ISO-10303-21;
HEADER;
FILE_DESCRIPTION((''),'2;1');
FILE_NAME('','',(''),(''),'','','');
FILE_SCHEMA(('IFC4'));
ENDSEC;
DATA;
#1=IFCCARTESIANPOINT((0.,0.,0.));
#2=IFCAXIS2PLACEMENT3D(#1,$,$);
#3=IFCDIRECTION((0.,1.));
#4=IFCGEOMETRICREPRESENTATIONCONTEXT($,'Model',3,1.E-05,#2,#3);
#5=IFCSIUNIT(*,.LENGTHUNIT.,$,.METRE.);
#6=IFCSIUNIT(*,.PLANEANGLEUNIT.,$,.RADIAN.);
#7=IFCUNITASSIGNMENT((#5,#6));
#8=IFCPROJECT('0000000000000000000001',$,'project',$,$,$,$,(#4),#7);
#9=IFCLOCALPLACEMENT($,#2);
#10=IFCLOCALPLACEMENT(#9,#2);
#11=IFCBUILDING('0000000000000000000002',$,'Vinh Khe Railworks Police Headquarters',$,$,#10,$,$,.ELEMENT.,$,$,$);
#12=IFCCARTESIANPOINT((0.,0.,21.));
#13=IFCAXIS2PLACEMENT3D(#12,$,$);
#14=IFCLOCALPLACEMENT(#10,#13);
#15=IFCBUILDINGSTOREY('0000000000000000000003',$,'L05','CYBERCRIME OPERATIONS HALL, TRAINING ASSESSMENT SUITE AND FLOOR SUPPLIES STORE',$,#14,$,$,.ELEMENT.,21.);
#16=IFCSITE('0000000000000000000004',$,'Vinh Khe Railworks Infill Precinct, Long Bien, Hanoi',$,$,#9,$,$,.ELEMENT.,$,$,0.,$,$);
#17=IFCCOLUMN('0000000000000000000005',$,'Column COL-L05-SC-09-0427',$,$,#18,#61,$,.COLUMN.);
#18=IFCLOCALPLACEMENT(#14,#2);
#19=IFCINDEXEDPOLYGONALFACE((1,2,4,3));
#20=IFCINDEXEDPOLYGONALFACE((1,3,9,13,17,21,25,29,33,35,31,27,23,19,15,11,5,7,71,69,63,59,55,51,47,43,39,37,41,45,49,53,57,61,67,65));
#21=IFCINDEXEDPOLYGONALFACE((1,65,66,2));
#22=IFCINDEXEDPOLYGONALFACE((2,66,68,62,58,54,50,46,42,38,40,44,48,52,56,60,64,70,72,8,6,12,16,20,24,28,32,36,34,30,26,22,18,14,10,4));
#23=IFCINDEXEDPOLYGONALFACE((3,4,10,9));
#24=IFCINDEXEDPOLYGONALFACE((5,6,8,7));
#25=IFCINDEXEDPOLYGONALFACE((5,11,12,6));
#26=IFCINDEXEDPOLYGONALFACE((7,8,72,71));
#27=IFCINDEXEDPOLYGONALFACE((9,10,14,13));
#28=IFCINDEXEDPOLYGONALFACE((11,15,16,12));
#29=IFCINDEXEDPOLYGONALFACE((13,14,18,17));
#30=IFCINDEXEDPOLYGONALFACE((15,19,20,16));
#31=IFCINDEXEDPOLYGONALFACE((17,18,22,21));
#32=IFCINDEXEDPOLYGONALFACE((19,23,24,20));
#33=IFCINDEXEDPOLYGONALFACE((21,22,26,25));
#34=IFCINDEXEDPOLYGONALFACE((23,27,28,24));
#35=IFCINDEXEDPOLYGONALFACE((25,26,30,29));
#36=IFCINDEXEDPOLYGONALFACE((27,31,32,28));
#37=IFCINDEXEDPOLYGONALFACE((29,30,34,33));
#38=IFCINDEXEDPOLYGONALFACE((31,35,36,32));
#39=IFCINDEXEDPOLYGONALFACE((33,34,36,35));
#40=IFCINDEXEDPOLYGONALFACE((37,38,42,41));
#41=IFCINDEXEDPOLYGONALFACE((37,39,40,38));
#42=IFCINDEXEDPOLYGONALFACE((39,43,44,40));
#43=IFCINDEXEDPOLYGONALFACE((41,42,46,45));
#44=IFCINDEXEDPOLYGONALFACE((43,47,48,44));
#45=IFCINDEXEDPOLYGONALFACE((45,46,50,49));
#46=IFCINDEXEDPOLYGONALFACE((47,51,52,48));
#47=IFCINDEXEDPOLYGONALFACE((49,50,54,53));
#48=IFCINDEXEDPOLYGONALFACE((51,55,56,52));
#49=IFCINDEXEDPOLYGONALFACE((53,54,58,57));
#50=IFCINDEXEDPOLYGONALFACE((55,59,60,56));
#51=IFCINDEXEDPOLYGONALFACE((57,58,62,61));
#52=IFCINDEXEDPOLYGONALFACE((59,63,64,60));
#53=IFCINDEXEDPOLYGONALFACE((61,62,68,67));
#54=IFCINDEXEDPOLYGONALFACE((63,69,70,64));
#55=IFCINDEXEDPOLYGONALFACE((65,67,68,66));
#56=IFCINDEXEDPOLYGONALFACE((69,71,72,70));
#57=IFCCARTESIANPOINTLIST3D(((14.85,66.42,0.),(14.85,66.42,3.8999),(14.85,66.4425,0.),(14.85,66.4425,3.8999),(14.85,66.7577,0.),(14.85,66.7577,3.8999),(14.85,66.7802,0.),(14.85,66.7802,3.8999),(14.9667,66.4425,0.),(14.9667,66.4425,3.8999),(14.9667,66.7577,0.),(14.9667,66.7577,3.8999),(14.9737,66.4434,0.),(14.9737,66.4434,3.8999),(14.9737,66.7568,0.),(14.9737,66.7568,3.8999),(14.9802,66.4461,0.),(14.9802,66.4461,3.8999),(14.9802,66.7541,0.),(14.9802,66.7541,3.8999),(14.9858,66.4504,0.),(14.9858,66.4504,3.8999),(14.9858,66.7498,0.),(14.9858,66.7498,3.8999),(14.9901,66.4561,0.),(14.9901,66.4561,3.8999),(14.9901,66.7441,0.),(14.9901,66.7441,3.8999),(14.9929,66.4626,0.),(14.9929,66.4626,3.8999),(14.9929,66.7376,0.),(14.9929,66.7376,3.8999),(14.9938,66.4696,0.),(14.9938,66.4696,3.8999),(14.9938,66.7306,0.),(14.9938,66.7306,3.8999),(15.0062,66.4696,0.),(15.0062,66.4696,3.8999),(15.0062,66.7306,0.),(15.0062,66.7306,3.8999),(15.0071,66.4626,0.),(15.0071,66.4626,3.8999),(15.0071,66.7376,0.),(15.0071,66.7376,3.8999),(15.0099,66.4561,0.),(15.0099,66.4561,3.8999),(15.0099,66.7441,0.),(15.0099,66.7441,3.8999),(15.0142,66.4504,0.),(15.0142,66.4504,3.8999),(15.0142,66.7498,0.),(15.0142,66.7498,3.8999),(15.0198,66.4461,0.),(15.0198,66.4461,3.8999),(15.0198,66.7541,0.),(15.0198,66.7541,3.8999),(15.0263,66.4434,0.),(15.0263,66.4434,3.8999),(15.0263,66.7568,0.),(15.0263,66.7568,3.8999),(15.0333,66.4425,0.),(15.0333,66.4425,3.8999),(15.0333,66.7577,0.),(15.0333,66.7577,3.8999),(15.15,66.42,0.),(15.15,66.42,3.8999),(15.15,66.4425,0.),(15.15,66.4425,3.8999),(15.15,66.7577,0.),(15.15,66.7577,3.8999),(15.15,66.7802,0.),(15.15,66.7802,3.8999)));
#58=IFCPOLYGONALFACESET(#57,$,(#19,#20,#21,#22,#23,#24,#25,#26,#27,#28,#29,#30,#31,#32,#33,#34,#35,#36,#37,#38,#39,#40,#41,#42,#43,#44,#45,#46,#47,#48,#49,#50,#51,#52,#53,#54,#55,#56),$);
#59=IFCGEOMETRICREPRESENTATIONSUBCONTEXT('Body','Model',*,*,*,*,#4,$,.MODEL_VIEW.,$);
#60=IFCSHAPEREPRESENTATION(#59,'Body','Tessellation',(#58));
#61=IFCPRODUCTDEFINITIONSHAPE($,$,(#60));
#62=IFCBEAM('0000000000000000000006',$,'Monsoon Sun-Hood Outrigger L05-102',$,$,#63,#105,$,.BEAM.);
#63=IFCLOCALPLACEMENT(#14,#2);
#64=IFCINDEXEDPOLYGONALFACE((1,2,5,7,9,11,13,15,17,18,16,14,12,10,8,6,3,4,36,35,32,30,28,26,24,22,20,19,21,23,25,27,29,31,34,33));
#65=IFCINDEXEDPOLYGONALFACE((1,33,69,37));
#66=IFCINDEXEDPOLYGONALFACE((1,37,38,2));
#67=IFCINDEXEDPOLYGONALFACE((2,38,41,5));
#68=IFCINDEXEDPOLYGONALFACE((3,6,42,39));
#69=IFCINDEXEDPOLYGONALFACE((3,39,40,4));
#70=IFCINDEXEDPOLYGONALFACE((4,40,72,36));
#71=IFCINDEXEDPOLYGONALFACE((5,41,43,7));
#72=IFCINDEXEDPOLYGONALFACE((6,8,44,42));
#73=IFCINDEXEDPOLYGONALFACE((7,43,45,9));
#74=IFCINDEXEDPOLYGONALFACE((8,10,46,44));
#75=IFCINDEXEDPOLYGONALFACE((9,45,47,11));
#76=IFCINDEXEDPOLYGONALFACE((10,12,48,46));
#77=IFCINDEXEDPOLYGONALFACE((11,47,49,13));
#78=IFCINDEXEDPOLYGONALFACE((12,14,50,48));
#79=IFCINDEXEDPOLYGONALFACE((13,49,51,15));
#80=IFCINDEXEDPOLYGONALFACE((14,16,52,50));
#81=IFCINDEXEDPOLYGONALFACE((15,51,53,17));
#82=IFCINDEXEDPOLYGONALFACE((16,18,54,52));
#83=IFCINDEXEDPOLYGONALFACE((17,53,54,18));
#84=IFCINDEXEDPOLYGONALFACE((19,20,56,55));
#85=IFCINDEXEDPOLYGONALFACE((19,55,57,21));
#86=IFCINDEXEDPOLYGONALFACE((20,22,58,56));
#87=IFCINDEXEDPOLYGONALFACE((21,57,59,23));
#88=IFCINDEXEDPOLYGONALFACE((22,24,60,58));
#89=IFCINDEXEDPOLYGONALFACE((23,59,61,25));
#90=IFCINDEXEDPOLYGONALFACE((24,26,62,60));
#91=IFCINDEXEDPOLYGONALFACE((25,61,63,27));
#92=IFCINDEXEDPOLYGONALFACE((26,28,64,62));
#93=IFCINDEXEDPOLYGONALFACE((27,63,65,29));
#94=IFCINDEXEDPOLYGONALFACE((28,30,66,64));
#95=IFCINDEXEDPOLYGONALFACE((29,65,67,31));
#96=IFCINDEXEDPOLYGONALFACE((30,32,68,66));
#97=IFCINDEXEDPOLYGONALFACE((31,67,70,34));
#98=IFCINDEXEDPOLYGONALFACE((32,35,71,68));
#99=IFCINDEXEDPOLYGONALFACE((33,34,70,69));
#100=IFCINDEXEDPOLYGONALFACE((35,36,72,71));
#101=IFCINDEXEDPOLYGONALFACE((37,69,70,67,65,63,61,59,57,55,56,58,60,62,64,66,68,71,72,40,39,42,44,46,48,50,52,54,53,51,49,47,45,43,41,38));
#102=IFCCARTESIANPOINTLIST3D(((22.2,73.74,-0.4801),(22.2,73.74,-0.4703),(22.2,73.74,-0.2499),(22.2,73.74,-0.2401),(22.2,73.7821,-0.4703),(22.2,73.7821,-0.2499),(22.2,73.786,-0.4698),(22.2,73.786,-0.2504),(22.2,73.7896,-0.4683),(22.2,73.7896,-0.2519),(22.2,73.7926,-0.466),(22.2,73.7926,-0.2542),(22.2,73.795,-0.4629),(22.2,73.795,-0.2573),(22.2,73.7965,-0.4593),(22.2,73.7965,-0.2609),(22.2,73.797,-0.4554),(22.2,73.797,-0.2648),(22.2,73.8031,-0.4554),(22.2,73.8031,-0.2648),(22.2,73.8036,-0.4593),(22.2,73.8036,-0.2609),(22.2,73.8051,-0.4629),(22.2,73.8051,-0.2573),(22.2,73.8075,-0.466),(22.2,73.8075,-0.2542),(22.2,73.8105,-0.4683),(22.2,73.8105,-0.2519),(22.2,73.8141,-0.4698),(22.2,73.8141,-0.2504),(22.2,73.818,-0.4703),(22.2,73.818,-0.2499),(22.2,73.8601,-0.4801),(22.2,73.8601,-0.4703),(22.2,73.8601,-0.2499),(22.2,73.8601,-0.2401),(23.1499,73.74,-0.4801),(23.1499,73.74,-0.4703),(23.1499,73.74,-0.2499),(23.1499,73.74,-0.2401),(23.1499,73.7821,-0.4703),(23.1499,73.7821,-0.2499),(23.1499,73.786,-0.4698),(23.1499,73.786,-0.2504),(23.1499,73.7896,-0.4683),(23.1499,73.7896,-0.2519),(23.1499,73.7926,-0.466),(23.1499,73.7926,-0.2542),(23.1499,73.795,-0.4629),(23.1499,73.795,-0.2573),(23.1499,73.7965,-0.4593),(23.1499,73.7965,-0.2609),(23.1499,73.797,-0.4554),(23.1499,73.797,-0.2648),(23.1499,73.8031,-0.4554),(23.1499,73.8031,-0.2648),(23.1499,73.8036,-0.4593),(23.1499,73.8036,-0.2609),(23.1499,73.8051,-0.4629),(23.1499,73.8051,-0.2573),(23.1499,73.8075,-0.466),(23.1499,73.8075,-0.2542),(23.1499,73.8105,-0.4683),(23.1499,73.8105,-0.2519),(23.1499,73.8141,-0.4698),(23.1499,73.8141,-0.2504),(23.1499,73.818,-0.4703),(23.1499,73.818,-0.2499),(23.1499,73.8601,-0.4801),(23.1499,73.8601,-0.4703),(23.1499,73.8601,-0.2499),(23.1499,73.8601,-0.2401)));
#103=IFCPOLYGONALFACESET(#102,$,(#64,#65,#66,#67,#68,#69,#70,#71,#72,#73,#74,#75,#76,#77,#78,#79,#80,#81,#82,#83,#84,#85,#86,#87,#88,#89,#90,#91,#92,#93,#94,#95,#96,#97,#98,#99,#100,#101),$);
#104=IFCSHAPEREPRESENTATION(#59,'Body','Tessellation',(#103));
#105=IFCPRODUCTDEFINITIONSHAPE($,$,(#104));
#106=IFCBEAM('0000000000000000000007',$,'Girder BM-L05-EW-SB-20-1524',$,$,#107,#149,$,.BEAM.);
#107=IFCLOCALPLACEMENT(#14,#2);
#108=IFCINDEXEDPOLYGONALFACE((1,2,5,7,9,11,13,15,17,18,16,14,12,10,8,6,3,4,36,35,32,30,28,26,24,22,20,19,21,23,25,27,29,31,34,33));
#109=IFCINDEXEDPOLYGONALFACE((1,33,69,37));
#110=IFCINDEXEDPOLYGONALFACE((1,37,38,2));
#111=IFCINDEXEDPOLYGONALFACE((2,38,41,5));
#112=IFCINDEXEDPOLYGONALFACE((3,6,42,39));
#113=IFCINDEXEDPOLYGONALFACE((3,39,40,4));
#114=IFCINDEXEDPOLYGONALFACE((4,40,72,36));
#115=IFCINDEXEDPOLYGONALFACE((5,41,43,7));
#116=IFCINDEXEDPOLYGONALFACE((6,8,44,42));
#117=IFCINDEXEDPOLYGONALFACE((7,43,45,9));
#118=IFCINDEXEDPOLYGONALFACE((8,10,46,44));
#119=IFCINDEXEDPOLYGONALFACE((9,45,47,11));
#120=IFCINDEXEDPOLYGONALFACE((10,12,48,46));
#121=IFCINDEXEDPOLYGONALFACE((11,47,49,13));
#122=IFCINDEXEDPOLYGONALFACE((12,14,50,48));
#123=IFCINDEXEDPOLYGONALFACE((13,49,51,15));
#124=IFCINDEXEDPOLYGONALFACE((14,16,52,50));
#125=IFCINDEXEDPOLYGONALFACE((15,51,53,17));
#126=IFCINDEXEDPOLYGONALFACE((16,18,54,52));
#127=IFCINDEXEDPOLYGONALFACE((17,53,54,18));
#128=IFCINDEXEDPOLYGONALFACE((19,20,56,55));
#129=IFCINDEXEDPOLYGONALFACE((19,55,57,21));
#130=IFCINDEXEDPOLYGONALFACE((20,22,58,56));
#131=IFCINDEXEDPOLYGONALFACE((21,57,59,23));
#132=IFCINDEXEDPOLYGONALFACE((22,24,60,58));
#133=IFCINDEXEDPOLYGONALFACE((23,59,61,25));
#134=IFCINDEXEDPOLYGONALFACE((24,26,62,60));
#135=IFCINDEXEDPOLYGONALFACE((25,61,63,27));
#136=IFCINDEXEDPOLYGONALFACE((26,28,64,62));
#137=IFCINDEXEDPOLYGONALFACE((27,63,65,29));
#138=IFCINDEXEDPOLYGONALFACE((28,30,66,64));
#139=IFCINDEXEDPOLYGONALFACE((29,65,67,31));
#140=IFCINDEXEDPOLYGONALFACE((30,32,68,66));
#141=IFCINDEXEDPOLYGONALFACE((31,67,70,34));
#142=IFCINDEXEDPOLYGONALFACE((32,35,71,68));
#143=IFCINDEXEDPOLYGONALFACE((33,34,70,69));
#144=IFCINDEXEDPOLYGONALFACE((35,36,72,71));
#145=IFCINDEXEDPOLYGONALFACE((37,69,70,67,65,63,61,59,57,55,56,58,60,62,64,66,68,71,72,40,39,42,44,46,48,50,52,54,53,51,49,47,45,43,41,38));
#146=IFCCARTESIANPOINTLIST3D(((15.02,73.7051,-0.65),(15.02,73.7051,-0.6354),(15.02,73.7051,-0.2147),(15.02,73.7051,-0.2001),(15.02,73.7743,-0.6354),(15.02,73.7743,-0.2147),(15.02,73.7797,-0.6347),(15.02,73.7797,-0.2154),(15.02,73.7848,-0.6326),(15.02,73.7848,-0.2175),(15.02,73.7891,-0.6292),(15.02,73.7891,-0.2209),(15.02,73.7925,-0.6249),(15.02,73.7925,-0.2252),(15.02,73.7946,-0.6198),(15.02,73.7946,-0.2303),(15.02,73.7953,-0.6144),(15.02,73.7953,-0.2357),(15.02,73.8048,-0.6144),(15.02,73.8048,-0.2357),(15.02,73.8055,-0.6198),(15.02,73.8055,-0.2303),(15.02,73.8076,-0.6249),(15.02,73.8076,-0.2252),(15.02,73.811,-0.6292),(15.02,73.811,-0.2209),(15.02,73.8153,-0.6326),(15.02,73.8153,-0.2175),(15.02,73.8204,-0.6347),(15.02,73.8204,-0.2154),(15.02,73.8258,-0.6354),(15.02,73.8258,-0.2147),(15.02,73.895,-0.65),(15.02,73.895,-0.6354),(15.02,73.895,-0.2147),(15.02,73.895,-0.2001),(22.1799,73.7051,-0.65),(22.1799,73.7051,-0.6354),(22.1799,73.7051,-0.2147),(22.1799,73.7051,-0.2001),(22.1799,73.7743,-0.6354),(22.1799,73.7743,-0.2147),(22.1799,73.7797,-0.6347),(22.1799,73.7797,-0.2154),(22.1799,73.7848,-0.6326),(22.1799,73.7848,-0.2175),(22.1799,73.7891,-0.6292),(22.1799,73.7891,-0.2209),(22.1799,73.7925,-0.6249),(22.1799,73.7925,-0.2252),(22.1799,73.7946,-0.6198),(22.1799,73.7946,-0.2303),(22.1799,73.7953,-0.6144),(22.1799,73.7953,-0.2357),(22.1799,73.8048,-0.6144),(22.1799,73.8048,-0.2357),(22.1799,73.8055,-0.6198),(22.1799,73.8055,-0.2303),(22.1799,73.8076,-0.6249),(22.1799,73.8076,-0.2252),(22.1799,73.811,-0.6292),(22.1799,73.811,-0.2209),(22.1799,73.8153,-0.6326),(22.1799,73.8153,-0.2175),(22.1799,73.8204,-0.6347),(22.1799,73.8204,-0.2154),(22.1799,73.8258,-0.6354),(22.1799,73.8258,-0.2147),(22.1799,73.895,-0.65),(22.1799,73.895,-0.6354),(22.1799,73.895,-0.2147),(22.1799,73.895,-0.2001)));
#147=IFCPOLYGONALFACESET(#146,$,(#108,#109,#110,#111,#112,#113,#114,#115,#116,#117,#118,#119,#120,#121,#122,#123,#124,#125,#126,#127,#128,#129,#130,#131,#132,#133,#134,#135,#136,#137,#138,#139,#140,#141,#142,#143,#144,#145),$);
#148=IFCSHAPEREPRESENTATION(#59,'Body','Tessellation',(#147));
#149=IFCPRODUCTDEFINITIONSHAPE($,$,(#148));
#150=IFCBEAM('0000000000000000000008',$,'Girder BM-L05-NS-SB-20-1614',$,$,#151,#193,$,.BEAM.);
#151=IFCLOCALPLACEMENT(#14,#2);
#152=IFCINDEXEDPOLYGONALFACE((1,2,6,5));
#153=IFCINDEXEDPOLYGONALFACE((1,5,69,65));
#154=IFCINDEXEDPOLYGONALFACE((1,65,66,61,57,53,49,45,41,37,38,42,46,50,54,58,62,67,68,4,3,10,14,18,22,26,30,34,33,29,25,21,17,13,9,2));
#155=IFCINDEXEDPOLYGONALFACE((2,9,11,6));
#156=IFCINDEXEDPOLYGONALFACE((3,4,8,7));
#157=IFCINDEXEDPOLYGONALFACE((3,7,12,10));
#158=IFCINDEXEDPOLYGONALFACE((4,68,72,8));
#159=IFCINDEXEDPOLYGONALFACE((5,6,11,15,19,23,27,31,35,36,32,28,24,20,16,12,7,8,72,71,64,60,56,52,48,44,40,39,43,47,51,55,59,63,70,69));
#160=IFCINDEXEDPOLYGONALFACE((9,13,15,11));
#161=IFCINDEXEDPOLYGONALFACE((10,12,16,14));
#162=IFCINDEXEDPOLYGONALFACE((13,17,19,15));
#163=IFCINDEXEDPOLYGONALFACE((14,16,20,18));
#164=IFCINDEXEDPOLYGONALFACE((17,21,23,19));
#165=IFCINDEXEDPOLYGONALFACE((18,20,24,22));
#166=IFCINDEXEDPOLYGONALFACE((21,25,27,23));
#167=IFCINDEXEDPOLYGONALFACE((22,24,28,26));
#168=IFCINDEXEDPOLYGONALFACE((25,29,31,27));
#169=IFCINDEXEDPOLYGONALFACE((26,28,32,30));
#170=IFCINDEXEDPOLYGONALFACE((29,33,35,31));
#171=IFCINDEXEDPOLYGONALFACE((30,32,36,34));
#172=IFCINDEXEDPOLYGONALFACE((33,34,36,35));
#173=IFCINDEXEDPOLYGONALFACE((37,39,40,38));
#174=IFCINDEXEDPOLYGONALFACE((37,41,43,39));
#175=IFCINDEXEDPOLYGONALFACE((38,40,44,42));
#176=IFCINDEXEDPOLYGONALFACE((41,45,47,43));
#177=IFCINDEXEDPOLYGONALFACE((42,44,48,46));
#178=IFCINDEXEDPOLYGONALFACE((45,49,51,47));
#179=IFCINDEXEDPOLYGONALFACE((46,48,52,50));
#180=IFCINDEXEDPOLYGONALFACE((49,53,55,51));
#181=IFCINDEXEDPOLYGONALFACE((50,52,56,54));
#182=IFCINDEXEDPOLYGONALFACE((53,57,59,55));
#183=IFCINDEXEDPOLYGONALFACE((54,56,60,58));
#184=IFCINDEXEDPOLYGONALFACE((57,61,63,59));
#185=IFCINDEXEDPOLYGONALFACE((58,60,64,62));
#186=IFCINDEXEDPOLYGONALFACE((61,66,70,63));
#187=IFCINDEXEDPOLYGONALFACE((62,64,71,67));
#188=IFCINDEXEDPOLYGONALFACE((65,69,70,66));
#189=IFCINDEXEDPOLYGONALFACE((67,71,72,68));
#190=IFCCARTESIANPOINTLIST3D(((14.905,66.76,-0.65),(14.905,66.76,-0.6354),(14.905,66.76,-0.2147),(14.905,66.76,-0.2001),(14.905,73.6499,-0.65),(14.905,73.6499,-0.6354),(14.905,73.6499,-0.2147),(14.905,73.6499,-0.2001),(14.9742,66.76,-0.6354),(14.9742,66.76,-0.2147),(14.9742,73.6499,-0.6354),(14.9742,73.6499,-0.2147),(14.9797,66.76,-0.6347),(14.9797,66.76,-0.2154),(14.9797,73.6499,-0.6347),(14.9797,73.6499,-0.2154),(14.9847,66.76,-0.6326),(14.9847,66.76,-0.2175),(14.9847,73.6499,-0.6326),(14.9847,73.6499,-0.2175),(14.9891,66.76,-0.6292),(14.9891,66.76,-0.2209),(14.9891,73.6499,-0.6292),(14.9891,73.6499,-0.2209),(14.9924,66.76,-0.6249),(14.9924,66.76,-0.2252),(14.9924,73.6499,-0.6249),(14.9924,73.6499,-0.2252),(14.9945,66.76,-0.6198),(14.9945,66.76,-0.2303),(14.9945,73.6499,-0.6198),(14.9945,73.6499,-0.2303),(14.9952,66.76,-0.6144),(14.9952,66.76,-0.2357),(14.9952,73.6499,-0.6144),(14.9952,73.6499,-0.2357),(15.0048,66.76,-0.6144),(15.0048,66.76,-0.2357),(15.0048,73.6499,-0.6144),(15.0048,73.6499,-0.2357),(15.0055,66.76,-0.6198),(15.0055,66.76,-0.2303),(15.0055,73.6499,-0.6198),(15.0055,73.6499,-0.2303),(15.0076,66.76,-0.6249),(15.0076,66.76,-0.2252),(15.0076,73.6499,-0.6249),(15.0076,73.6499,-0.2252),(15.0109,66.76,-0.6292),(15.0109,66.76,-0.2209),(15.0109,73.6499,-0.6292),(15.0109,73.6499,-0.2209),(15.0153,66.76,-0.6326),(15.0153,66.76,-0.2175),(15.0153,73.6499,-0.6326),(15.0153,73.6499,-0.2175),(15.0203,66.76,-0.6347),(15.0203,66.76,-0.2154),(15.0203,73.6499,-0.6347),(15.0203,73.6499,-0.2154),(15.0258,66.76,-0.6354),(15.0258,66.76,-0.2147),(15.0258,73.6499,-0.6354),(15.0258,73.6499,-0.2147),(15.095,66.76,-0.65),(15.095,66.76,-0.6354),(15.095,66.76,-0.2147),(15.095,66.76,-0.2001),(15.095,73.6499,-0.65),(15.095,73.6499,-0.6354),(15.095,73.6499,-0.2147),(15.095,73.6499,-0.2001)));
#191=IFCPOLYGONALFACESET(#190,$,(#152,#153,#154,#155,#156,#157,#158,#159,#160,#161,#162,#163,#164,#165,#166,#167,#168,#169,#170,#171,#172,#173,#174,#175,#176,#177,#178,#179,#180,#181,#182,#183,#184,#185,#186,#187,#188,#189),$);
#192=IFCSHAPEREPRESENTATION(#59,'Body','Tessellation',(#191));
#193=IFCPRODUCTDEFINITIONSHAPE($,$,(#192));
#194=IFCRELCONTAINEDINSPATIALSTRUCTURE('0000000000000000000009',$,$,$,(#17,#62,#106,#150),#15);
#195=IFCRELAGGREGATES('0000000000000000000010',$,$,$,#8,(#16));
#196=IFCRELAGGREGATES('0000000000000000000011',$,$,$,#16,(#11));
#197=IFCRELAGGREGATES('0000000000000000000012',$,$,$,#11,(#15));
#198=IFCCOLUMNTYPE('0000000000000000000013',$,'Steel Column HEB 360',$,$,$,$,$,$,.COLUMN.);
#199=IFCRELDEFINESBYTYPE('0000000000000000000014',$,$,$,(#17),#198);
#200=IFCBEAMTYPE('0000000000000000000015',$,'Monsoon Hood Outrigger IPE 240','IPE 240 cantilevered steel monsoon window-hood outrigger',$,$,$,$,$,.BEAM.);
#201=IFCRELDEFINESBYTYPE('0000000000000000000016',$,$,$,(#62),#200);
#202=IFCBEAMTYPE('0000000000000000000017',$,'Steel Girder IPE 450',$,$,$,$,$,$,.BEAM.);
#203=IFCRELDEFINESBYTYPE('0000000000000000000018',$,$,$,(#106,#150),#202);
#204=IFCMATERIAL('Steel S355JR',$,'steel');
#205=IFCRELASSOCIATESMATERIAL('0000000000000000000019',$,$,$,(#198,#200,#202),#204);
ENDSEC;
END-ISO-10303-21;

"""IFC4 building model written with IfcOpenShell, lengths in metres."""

from ifc_helpers import new_model, si_unit, direction, frame, origin, origin_2d, place, context, subcontext, project, spatial, i_section, extrude, material, material_profile, profile_set, type_object, element, save


model = new_model("IFC4")

# Units and contexts
model_context = context("Model", 3, precision=1e-05, world=origin(), true_north=direction((0.0, 1.0)))
body_context = subcontext(model_context, "Body", "Model", "MODEL_VIEW")
ifc_project = project(units=[si_unit("LENGTHUNIT", "METRE"), si_unit("PLANEANGLEUNIT", "RADIAN")], contexts=[model_context])

# Site, building, storey
site_placement = place(None, origin())
site = spatial("IfcSite", under=ifc_project, at=site_placement, Name="Vinh Khe Railworks Infill Precinct, Long Bien, Hanoi", CompositionType="ELEMENT", RefElevation=0.0)
building_placement = place(site_placement, origin())
building = spatial("IfcBuilding", under=site, at=building_placement, Name="Vinh Khe Railworks Police Headquarters", CompositionType="ELEMENT")
storey_placement = place(building_placement, frame((0.0, 0.0, 21.0)))
storey = spatial("IfcBuildingStorey", under=building, at=storey_placement, Name="L05", Description="CYBERCRIME OPERATIONS HALL, TRAINING ASSESSMENT SUITE AND FLOOR SUPPLIES STORE", CompositionType="ELEMENT", Elevation=21.0)

# Column
ifc_material_1 = material(Name="Steel S355JR", Category="steel")
ifc_material_profile_1 = material_profile(ifc_material_1, i_section(OverallWidth=0.3, OverallDepth=0.3601, WebThickness=0.0125, FlangeThickness=0.0225, FilletRadius=0.0271, at=origin_2d()), Name="HEB 360")
ifc_profile_set_1 = profile_set([ifc_material_profile_1], Name="Steel S355JR")
column_type_1 = type_object("IfcColumnType", Name="Steel Column HEB 360", PredefinedType="COLUMN", material=ifc_profile_set_1)
column_1_placement = place(storey_placement, frame((15.0, 66.6001, 0.0), z_axis=(0.0, 0.0, 1.0), x_axis=(1.0, 0.0, 0.0)))
element("IfcColumn", 1, at=column_1_placement, inside=storey, type_object=column_type_1, Name="Column COL-L05-SC-09-0427", PredefinedType="COLUMN", context=body_context, shape_type="SweptSolid", body=[
    extrude(i_section(OverallWidth=0.3, OverallDepth=0.3601, WebThickness=0.0125, FlangeThickness=0.0225, FilletRadius=0.0271, at=origin_2d()), origin(), (0.0, 0.0, 1.0), 3.8999),
])

# Beams
ifc_material_profile_2 = material_profile(ifc_material_1, i_section(OverallWidth=0.1201, OverallDepth=0.24, WebThickness=0.0061, FlangeThickness=0.0098, FilletRadius=0.0149, at=origin_2d()), Name="IPE 240")
ifc_profile_set_2 = profile_set([ifc_material_profile_2], Name="Steel S355JR")
beam_type_1 = type_object("IfcBeamType", Name="Monsoon Hood Outrigger IPE 240", Description="IPE 240 cantilevered steel monsoon window-hood outrigger", PredefinedType="BEAM", material=ifc_profile_set_2)
beam_1_placement = place(storey_placement, frame((22.2, 73.8, -0.3601), z_axis=(1.0, 0.0, 0.0), x_axis=(0.0, 1.0, 0.0)))
element("IfcBeam", 2, at=beam_1_placement, inside=storey, type_object=beam_type_1, Name="Monsoon Sun-Hood Outrigger L05-102", PredefinedType="BEAM", context=body_context, shape_type="SweptSolid", body=[
    extrude(i_section(OverallWidth=0.1201, OverallDepth=0.24, WebThickness=0.0061, FlangeThickness=0.0098, FilletRadius=0.0149, at=origin_2d()), origin(), (0.0, 0.0, 1.0), 0.95),
])
ifc_material_profile_3 = material_profile(ifc_material_1, i_section(OverallWidth=0.1899, OverallDepth=0.45, WebThickness=0.0095, FlangeThickness=0.0146, FilletRadius=0.021, at=origin_2d()), Name="IPE 450")
ifc_profile_set_3 = profile_set([ifc_material_profile_3], Name="Steel S355JR")
beam_type_2 = type_object("IfcBeamType", Name="Steel Girder IPE 450", PredefinedType="BEAM", material=ifc_profile_set_3)
beam_2_placement = place(storey_placement, frame((15.02, 73.8, -0.425), z_axis=(1.0, 0.0, 0.0), x_axis=(0.0, 1.0, 0.0)))
element("IfcBeam", 3, at=beam_2_placement, inside=storey, type_object=beam_type_2, Name="Girder BM-L05-EW-SB-20-1524", PredefinedType="BEAM", context=body_context, shape_type="SweptSolid", body=[
    extrude(i_section(OverallWidth=0.1899, OverallDepth=0.45, WebThickness=0.0095, FlangeThickness=0.0146, FilletRadius=0.021, at=origin_2d()), origin(), (0.0, 0.0, 1.0), 7.1599),
])
beam_3_placement = place(storey_placement, frame((15.0, 66.76, -0.425), z_axis=(0.0, 1.0, 0.0), x_axis=(-1.0, 0.0, 0.0)))
element("IfcBeam", 4, at=beam_3_placement, inside=storey, type_object=beam_type_2, Name="Girder BM-L05-NS-SB-20-1614", PredefinedType="BEAM", context=body_context, shape_type="SweptSolid", body=[
    extrude(i_section(OverallWidth=0.1899, OverallDepth=0.45, WebThickness=0.0095, FlangeThickness=0.0146, FilletRadius=0.021, at=origin_2d()), origin(), (0.0, 0.0, 1.0), 6.8899),
])

save(model, "model.ifc")
